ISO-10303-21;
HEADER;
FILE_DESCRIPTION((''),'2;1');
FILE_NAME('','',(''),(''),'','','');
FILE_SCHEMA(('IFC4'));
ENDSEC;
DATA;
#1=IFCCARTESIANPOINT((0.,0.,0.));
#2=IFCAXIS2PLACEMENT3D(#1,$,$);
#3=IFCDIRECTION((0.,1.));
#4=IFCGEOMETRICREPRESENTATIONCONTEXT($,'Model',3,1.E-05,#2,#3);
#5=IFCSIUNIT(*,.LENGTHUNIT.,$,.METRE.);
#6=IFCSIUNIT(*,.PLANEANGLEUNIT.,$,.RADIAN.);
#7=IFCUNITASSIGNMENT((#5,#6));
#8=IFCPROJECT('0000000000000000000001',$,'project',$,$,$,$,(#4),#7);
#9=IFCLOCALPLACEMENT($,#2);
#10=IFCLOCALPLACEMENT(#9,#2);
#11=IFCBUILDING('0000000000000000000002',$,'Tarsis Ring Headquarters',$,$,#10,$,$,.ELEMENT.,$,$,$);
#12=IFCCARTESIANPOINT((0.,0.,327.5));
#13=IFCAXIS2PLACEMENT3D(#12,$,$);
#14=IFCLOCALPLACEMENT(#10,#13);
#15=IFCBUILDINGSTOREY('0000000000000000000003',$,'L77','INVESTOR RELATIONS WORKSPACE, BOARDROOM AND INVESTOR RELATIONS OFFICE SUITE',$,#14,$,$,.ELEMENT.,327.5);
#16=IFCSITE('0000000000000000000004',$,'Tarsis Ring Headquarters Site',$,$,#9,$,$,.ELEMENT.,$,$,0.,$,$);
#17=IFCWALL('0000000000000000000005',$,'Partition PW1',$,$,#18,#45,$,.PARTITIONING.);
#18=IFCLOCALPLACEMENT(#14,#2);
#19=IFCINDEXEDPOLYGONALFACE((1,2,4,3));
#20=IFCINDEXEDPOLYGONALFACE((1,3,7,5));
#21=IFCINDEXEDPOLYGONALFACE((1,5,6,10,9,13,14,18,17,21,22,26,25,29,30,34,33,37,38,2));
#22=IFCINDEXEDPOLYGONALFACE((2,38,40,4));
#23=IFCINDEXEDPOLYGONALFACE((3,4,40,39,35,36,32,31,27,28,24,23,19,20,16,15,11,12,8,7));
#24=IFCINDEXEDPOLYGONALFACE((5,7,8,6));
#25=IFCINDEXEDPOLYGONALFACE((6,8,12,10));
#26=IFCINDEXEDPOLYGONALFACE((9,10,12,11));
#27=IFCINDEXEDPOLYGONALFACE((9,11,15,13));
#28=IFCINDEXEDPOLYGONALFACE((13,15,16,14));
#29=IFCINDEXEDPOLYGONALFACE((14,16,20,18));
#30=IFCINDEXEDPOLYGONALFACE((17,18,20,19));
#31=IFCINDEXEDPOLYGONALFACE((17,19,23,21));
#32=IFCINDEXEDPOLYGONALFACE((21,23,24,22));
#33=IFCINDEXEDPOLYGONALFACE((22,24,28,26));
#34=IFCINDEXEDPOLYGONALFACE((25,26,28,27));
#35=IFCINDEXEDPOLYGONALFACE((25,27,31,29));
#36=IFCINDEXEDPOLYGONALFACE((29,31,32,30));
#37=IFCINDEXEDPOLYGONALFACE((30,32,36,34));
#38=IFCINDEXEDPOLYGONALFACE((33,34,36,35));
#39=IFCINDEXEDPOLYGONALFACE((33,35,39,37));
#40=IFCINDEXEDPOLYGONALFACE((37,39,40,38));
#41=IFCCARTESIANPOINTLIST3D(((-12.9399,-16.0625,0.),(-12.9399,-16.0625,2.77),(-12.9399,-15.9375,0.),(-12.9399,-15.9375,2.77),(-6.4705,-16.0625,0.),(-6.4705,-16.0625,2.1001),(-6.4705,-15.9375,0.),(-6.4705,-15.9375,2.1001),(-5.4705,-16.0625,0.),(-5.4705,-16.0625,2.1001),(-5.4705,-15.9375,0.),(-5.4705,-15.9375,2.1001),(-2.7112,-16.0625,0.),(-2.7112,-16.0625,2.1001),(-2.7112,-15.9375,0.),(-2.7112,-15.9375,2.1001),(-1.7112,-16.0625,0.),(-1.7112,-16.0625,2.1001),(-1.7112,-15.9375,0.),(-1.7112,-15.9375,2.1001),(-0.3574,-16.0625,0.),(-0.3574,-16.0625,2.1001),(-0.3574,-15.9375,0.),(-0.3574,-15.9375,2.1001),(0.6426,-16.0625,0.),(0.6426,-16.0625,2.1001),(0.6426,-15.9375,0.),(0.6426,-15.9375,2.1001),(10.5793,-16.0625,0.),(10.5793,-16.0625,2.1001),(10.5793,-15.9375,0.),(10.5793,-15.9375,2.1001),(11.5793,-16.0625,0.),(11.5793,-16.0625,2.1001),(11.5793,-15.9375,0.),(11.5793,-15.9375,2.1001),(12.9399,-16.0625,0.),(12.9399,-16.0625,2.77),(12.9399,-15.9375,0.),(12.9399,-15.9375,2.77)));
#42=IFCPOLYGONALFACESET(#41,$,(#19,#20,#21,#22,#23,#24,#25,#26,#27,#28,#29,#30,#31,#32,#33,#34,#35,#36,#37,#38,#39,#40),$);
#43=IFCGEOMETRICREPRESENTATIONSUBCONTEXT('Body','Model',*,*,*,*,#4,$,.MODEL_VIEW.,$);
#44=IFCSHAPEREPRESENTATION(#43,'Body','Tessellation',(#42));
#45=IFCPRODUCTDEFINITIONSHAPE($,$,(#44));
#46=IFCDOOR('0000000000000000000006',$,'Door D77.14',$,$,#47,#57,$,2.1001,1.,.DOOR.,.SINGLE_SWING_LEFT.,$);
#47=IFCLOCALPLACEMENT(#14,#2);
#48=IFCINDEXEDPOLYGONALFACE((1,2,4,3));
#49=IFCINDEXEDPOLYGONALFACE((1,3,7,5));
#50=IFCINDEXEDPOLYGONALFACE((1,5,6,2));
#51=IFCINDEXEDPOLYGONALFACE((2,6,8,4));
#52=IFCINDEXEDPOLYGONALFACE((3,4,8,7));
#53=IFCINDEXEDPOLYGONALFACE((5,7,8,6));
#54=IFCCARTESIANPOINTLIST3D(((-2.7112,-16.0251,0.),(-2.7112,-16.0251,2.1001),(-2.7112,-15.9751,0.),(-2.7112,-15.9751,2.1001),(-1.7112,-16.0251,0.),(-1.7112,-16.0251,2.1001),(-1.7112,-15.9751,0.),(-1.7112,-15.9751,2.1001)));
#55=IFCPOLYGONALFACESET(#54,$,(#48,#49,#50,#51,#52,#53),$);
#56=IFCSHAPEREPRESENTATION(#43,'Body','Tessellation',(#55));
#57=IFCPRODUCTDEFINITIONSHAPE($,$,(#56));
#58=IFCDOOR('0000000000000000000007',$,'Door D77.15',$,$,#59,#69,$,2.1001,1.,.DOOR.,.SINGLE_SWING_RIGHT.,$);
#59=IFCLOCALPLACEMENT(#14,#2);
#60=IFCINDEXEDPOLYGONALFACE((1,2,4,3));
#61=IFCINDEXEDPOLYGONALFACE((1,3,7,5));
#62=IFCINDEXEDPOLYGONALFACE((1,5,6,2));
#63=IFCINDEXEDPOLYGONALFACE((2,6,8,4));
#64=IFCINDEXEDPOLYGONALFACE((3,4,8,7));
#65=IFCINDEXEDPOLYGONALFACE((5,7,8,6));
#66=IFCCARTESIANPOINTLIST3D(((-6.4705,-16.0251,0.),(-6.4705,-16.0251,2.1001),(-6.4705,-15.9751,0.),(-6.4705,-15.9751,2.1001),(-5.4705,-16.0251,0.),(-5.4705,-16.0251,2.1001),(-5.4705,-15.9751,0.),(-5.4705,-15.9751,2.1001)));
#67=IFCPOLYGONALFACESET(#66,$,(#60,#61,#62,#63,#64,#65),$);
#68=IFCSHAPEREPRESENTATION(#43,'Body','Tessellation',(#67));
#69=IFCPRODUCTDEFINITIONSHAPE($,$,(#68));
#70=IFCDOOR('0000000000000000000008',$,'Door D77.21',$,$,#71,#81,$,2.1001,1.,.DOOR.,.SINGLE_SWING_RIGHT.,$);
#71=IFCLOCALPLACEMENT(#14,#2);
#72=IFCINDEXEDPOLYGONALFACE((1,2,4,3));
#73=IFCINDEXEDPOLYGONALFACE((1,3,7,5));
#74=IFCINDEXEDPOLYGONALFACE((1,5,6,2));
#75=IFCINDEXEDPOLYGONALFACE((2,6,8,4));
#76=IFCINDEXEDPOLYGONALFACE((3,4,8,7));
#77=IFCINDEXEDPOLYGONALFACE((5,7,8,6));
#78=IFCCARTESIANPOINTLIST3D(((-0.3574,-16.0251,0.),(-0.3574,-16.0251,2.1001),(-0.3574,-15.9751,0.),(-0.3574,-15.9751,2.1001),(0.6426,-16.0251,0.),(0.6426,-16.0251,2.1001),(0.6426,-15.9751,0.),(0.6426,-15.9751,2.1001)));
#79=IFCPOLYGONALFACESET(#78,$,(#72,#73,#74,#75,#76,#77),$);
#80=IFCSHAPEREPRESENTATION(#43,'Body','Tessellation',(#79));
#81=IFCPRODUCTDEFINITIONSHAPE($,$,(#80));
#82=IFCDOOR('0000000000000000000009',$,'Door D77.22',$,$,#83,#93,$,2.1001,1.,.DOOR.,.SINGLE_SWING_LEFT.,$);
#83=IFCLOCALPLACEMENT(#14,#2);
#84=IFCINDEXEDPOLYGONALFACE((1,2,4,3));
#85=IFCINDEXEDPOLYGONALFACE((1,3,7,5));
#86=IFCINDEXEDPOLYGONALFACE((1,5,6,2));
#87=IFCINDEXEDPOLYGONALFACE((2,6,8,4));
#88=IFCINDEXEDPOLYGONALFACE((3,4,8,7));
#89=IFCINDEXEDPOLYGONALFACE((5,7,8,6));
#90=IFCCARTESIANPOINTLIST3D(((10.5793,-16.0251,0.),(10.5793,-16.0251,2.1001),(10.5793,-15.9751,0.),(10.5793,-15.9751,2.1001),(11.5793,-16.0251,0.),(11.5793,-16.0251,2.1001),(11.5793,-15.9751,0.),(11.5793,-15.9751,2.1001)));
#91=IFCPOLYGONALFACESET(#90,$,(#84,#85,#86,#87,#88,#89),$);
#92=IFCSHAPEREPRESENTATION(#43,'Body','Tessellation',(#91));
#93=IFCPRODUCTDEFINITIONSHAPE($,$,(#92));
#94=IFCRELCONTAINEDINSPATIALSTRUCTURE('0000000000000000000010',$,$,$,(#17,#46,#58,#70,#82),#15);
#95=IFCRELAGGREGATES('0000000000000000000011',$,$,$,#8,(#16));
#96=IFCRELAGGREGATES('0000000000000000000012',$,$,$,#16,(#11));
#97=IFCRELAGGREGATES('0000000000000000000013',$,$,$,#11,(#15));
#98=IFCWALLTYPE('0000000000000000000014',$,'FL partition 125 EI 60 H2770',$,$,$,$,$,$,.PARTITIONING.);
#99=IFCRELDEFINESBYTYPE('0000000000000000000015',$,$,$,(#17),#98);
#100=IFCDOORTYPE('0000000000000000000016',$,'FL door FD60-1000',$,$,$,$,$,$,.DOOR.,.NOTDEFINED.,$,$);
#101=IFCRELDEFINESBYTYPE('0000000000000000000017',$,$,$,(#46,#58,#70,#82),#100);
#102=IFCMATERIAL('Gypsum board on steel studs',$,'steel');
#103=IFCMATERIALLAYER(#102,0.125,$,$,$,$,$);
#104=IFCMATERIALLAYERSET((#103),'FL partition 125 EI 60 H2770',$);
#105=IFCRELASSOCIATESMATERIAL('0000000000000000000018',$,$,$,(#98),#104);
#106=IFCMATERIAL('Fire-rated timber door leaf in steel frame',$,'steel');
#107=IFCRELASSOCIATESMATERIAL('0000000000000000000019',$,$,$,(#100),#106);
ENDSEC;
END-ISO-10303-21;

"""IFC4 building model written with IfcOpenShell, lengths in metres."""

from ifc_helpers import new_model, si_unit, direction, frame, frame_2d, origin, place, context, subcontext, project, spatial, rectangle, extrude, material, layer, layer_set, type_object, element, fill, save


model = new_model("IFC4")

# Units and contexts
model_context = context("Model", 3, precision=1e-05, world=origin(), true_north=direction((0.0, 1.0)))
body_context = subcontext(model_context, "Body", "Model", "MODEL_VIEW")
ifc_project = project(units=[si_unit("LENGTHUNIT", "METRE"), si_unit("PLANEANGLEUNIT", "RADIAN")], contexts=[model_context])

# Site, building, storey
site_placement = place(None, origin())
site = spatial("IfcSite", under=ifc_project, at=site_placement, Name="Tarsis Ring Headquarters Site", CompositionType="ELEMENT", RefElevation=0.0)
building_placement = place(site_placement, origin())
building = spatial("IfcBuilding", under=site, at=building_placement, Name="Tarsis Ring Headquarters", CompositionType="ELEMENT")
storey_placement = place(building_placement, frame((0.0, 0.0, 327.5)))
storey = spatial("IfcBuildingStorey", under=building, at=storey_placement, Name="L77", Description="INVESTOR RELATIONS WORKSPACE, BOARDROOM AND INVESTOR RELATIONS OFFICE SUITE", CompositionType="ELEMENT", Elevation=327.5)

# Wall, openings, doors
ifc_material_1 = material(Name="Gypsum board on steel studs", Category="steel")
ifc_layer = layer(ifc_material_1, 0.125)
ifc_layer_set = layer_set([ifc_layer], Name="FL partition 125 EI 60 H2770")
wall_type = type_object("IfcWallType", Name="FL partition 125 EI 60 H2770", PredefinedType="PARTITIONING", material=ifc_layer_set)
ifc_material_2 = material(Name="Fire-rated timber door leaf in steel frame", Category="steel")
door_type_1 = type_object("IfcDoorType", Name="FL door FD60-1000", OperationType="NOTDEFINED", PredefinedType="DOOR", material=ifc_material_2)
wall_1_placement = place(storey_placement, frame((-12.9399, -16.0, 0.0), z_axis=(0.0, 0.0, 1.0), x_axis=(1.0, 0.0, 0.0)))
wall_1 = element("IfcWall", 1, at=wall_1_placement, inside=storey, type_object=wall_type, Name="Partition PW1", PredefinedType="PARTITIONING", context=body_context, shape_type="SweptSolid", body=[
    extrude(rectangle(XDim=25.8799, YDim=0.125, at=frame_2d((12.9399, 0.0))), origin(), (0.0, 0.0, 1.0), 2.77),
])
opening_1_placement = place(wall_1_placement, frame((10.2288, 0.0, 0.0)))
opening_1 = element("IfcOpeningElement", 2, at=opening_1_placement, cuts=wall_1, PredefinedType="OPENING", context=body_context, shape_type="SweptSolid", body=[
    extrude(rectangle(XDim=1.0, YDim=2.1001, at=frame_2d((0.5, 1.05))), frame((0.0, 0.0725, 0.0), z_axis=(0.0, -1.0, 0.0), x_axis=(1.0, 0.0, 0.0)), (0.0, 0.0, 1.0), 0.145),
])
opening_2_placement = place(wall_1_placement, frame((6.4695, 0.0, 0.0)))
opening_2 = element("IfcOpeningElement", 3, at=opening_2_placement, cuts=wall_1, PredefinedType="OPENING", context=body_context, shape_type="SweptSolid", body=[
    extrude(rectangle(XDim=1.0, YDim=2.1001, at=frame_2d((0.5, 1.05))), frame((0.0, 0.0725, 0.0), z_axis=(0.0, -1.0, 0.0), x_axis=(1.0, 0.0, 0.0)), (0.0, 0.0, 1.0), 0.145),
])
opening_3_placement = place(wall_1_placement, frame((12.5825, 0.0, 0.0)))
opening_3 = element("IfcOpeningElement", 4, at=opening_3_placement, cuts=wall_1, PredefinedType="OPENING", context=body_context, shape_type="SweptSolid", body=[
    extrude(rectangle(XDim=1.0, YDim=2.1001, at=frame_2d((0.5, 1.05))), frame((0.0, 0.0725, 0.0), z_axis=(0.0, -1.0, 0.0), x_axis=(1.0, 0.0, 0.0)), (0.0, 0.0, 1.0), 0.145),
])
opening_4_placement = place(wall_1_placement, frame((23.5193, 0.0, 0.0)))
opening_4 = element("IfcOpeningElement", 5, at=opening_4_placement, cuts=wall_1, PredefinedType="OPENING", context=body_context, shape_type="SweptSolid", body=[
    extrude(rectangle(XDim=1.0, YDim=2.1001, at=frame_2d((0.5, 1.05))), frame((0.0, 0.0725, 0.0), z_axis=(0.0, -1.0, 0.0), x_axis=(1.0, 0.0, 0.0)), (0.0, 0.0, 1.0), 0.145),
])
door_1_placement = place(opening_1_placement, origin())
door_1 = element("IfcDoor", 6, at=door_1_placement, inside=storey, type_object=door_type_1, Name="Door D77.14", OperationType="SINGLE_SWING_LEFT", OverallHeight=2.1001, OverallWidth=1.0, PredefinedType="DOOR", context=body_context, shape_type="SweptSolid", body=[
    extrude(rectangle(XDim=1.0, YDim=2.1001, at=frame_2d((0.5, 1.05))), frame((0.0, 0.0249, 0.0), z_axis=(0.0, -1.0, 0.0), x_axis=(1.0, 0.0, 0.0)), (0.0, 0.0, 1.0), 0.05),
])
fill(opening_1, door_1)
door_2_placement = place(opening_2_placement, origin())
door_2 = element("IfcDoor", 7, at=door_2_placement, inside=storey, type_object=door_type_1, Name="Door D77.15", OperationType="SINGLE_SWING_RIGHT", OverallHeight=2.1001, OverallWidth=1.0, PredefinedType="DOOR", context=body_context, shape_type="SweptSolid", body=[
    extrude(rectangle(XDim=1.0, YDim=2.1001, at=frame_2d((0.5, 1.05))), frame((0.0, 0.0249, 0.0), z_axis=(0.0, -1.0, 0.0), x_axis=(1.0, 0.0, 0.0)), (0.0, 0.0, 1.0), 0.05),
])
fill(opening_2, door_2)
door_3_placement = place(opening_3_placement, origin())
door_3 = element("IfcDoor", 8, at=door_3_placement, inside=storey, type_object=door_type_1, Name="Door D77.21", OperationType="SINGLE_SWING_RIGHT", OverallHeight=2.1001, OverallWidth=1.0, PredefinedType="DOOR", context=body_context, shape_type="SweptSolid", body=[
    extrude(rectangle(XDim=1.0, YDim=2.1001, at=frame_2d((0.5, 1.05))), frame((0.0, 0.0249, 0.0), z_axis=(0.0, -1.0, 0.0), x_axis=(1.0, 0.0, 0.0)), (0.0, 0.0, 1.0), 0.05),
])
fill(opening_3, door_3)
door_4_placement = place(opening_4_placement, origin())
door_4 = element("IfcDoor", 9, at=door_4_placement, inside=storey, type_object=door_type_1, Name="Door D77.22", OperationType="SINGLE_SWING_LEFT", OverallHeight=2.1001, OverallWidth=1.0, PredefinedType="DOOR", context=body_context, shape_type="SweptSolid", body=[
    extrude(rectangle(XDim=1.0, YDim=2.1001, at=frame_2d((0.5, 1.05))), frame((0.0, 0.0249, 0.0), z_axis=(0.0, -1.0, 0.0), x_axis=(1.0, 0.0, 0.0)), (0.0, 0.0, 1.0), 0.05),
])
fill(opening_4, door_4)

save(model, "model.ifc")
